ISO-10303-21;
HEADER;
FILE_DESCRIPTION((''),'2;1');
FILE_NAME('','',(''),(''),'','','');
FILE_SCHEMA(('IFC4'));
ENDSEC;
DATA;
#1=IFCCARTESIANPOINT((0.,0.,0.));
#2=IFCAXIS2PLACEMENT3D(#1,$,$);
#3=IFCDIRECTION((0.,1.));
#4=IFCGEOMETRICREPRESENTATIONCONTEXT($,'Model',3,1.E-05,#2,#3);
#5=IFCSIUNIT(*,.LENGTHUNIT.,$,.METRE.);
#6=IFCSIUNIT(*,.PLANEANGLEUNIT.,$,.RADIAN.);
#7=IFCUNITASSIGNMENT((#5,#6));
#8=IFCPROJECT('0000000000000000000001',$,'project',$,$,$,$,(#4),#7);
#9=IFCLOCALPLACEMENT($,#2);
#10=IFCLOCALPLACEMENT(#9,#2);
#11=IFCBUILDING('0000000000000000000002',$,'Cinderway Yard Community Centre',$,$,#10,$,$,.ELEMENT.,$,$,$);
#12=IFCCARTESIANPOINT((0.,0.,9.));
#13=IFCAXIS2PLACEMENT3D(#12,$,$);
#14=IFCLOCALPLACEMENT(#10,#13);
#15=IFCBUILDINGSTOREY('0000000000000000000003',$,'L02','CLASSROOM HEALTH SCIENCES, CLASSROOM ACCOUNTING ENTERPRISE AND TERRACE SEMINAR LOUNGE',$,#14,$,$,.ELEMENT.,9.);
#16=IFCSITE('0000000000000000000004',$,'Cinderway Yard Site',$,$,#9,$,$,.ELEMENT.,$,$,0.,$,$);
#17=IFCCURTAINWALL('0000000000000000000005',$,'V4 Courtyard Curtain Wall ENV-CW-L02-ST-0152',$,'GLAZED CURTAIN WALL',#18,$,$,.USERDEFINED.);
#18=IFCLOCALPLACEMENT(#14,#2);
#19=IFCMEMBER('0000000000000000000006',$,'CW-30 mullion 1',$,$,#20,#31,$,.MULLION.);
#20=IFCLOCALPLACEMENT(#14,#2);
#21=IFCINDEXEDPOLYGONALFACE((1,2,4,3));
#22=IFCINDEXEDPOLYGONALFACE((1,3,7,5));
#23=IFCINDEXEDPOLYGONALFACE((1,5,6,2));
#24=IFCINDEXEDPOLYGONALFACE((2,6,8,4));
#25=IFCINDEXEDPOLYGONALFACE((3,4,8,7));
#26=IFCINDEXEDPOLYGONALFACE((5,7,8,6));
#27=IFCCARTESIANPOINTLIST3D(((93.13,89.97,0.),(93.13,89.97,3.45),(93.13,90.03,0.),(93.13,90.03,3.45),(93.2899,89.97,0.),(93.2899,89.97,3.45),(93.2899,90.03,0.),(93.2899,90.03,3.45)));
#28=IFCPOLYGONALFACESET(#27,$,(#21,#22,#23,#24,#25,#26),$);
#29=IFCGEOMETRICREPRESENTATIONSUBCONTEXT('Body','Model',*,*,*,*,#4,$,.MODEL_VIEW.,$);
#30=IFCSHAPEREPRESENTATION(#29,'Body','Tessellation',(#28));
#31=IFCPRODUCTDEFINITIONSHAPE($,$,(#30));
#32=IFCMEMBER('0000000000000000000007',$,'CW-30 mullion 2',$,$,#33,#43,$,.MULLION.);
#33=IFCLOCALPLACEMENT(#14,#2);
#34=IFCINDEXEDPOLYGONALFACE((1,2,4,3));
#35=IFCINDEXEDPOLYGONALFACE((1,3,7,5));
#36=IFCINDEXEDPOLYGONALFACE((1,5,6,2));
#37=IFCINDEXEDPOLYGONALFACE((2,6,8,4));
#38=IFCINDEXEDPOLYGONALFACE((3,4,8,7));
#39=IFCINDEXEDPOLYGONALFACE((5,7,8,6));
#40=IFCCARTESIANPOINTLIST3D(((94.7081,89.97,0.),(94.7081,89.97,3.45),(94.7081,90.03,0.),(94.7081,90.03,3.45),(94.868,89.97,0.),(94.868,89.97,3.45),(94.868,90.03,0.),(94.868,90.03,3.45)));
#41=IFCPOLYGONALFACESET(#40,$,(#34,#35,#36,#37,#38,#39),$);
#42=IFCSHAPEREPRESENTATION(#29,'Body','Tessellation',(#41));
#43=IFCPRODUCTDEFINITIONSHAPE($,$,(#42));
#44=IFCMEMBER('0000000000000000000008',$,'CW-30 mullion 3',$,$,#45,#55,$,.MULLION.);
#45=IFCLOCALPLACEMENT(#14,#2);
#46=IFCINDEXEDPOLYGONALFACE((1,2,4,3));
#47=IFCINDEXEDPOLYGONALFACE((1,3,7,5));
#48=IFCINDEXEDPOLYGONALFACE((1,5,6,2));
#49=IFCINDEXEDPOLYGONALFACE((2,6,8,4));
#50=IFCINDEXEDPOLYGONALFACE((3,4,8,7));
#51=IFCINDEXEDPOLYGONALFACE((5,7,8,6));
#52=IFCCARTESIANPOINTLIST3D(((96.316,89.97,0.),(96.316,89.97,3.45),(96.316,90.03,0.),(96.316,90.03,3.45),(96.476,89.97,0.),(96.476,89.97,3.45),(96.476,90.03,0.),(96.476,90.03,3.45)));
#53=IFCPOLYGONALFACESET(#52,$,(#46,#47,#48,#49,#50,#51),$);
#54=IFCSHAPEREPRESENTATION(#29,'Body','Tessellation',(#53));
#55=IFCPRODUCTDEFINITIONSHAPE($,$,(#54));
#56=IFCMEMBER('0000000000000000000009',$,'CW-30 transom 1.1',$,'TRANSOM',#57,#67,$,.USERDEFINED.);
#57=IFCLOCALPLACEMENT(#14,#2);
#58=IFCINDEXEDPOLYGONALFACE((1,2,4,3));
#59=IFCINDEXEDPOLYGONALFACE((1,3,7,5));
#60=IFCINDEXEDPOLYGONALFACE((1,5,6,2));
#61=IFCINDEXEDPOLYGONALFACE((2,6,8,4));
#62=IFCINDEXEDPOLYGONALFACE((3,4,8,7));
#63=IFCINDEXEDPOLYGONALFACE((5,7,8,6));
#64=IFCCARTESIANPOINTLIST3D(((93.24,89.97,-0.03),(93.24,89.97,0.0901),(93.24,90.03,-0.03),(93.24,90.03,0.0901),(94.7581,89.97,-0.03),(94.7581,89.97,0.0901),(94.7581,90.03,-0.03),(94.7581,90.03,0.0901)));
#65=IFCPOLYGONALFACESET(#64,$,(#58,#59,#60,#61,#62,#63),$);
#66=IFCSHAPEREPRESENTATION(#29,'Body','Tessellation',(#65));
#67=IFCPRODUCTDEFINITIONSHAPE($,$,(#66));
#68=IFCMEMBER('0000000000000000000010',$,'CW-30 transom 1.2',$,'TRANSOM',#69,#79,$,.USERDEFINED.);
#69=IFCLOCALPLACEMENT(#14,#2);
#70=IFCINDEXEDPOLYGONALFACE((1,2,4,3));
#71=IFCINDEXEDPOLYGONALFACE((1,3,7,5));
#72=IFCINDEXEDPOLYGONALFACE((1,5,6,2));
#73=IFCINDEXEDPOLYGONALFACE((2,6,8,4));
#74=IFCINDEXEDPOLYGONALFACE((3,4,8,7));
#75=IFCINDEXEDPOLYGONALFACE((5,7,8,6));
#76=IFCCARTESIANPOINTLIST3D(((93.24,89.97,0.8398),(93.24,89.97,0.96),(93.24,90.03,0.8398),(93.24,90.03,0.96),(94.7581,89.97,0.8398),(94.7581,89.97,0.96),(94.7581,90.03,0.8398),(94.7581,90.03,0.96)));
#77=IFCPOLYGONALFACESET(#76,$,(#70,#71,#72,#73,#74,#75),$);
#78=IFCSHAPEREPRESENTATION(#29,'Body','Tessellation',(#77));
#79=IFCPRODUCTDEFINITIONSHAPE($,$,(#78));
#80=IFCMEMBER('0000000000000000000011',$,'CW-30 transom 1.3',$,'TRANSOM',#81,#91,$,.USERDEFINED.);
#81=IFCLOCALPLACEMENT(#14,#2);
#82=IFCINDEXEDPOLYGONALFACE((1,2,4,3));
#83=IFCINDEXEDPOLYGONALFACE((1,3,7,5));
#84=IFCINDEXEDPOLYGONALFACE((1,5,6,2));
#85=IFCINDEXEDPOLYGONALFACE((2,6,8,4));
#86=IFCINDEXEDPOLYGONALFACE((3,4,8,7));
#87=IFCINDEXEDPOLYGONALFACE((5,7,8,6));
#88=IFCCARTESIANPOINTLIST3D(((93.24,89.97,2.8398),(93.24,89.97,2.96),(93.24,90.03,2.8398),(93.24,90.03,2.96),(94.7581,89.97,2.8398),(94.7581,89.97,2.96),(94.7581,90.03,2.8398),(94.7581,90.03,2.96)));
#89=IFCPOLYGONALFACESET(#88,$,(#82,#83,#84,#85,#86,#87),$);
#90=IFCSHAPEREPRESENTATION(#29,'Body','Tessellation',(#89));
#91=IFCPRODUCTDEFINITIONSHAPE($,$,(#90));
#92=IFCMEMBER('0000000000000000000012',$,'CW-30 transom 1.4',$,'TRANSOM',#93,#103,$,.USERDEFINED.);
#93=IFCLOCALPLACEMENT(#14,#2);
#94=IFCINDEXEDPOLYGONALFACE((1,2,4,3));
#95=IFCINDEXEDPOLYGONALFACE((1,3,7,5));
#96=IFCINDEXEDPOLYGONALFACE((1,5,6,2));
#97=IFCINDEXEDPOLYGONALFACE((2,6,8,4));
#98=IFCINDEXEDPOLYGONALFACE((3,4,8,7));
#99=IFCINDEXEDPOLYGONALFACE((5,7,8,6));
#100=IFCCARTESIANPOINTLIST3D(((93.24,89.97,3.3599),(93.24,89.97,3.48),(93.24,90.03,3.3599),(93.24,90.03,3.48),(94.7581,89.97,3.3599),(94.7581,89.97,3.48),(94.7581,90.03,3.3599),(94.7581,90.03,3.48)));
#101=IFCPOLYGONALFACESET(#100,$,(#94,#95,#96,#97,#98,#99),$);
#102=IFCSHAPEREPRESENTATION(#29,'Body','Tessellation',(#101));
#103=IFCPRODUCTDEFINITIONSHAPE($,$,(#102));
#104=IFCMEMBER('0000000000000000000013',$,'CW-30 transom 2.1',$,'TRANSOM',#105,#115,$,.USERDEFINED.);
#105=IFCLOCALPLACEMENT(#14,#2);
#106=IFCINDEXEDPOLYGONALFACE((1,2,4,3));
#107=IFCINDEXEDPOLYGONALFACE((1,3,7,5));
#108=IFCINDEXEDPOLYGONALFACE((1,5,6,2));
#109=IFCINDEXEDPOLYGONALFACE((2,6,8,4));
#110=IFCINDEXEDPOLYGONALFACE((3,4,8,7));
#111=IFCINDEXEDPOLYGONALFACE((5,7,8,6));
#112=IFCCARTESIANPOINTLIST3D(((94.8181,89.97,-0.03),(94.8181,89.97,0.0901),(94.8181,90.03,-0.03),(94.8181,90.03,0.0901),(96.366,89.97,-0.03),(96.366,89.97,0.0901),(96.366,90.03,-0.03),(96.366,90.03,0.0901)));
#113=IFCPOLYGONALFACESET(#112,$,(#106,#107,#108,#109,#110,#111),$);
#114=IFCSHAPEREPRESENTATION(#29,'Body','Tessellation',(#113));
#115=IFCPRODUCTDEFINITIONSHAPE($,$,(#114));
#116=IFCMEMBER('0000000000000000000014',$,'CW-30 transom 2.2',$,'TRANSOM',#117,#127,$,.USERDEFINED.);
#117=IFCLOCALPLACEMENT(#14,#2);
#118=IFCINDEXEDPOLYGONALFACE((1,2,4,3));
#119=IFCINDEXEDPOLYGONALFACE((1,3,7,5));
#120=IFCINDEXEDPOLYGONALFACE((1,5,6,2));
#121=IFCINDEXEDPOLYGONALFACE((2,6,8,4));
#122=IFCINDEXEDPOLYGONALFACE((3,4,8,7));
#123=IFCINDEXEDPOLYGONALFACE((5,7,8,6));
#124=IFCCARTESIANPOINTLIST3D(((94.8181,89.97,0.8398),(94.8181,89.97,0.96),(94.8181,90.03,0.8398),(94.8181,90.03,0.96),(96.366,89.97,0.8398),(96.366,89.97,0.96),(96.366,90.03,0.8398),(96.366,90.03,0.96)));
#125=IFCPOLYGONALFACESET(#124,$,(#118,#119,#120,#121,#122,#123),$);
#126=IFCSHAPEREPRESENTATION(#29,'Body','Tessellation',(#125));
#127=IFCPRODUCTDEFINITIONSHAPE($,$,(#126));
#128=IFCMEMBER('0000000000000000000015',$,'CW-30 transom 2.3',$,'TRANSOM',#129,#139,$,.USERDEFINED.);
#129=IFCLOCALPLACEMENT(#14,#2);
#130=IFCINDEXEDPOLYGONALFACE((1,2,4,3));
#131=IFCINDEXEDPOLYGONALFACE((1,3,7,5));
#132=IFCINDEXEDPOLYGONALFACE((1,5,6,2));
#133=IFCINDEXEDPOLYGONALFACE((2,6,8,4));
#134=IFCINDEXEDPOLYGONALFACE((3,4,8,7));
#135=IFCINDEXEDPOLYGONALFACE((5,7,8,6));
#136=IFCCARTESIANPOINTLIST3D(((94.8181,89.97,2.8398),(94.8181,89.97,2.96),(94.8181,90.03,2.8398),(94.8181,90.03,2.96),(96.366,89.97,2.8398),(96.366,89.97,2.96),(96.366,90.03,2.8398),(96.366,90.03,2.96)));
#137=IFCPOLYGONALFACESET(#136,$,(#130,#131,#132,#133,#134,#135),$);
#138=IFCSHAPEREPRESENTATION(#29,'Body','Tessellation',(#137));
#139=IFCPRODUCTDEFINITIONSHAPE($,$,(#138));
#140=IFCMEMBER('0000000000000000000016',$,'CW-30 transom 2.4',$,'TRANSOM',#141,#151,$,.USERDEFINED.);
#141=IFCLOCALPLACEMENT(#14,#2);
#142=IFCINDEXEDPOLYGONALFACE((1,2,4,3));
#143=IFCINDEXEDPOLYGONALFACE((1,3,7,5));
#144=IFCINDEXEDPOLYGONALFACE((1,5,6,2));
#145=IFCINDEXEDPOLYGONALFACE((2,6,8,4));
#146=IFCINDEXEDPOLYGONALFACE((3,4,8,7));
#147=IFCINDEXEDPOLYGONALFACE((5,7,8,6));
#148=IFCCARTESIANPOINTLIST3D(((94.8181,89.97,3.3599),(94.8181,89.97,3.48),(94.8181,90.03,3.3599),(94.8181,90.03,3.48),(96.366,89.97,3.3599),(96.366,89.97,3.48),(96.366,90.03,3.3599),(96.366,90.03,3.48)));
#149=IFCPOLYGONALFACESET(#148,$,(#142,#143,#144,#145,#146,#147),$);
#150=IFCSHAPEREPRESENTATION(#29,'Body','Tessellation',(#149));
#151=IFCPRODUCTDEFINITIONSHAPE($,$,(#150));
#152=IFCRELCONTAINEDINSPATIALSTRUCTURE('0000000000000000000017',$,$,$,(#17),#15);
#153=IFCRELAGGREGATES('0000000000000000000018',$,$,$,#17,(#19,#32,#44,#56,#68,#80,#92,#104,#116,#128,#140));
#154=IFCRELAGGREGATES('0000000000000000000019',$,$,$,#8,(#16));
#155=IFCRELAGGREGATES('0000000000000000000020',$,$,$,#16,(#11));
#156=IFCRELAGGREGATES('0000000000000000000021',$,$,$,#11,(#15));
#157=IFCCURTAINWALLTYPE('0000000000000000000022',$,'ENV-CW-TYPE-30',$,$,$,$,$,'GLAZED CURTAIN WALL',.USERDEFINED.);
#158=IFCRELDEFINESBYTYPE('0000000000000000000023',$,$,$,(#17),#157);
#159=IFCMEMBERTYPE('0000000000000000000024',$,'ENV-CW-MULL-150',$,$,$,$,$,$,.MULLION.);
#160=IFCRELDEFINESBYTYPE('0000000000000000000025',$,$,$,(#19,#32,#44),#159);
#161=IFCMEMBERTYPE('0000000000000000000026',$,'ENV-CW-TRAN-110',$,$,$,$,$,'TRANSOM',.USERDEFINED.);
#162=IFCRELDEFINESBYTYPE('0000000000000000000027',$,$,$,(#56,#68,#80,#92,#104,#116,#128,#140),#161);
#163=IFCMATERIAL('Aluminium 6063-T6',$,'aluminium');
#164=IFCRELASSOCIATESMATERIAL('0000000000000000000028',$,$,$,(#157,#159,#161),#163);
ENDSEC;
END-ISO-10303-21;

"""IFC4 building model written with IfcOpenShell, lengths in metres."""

from ifc_helpers import new_model, si_unit, direction, frame, origin, origin_2d, place, context, subcontext, project, spatial, rectangle, extrude, material, material_profile, profile_set, type_object, element, aggregate, save


model = new_model("IFC4")

# Units and contexts
model_context = context("Model", 3, precision=1e-05, world=origin(), true_north=direction((0.0, 1.0)))
body_context = subcontext(model_context, "Body", "Model", "MODEL_VIEW")
ifc_project = project(units=[si_unit("LENGTHUNIT", "METRE"), si_unit("PLANEANGLEUNIT", "RADIAN")], contexts=[model_context])

# Site, building, storey
site_placement = place(None, origin())
site = spatial("IfcSite", under=ifc_project, at=site_placement, Name="Cinderway Yard Site", CompositionType="ELEMENT", RefElevation=0.0)
building_placement = place(site_placement, origin())
building = spatial("IfcBuilding", under=site, at=building_placement, Name="Cinderway Yard Community Centre", CompositionType="ELEMENT")
storey_placement = place(building_placement, frame((0.0, 0.0, 9.0)))
storey = spatial("IfcBuildingStorey", under=building, at=storey_placement, Name="L02", Description="CLASSROOM HEALTH SCIENCES, CLASSROOM ACCOUNTING ENTERPRISE AND TERRACE SEMINAR LOUNGE", CompositionType="ELEMENT", Elevation=9.0)

# Curtain wall, members
ifc_material_1 = material(Name="Aluminium 6063-T6", Category="aluminium")
curtain_wall_type = type_object("IfcCurtainWallType", Name="ENV-CW-TYPE-30", ElementType="GLAZED CURTAIN WALL", PredefinedType="USERDEFINED", material=ifc_material_1)
curtain_wall_placement = place(storey_placement, origin())
curtain_wall = element("IfcCurtainWall", 1, at=curtain_wall_placement, inside=storey, type_object=curtain_wall_type, Name="V4 Courtyard Curtain Wall ENV-CW-L02-ST-0152", ObjectType="GLAZED CURTAIN WALL", PredefinedType="USERDEFINED")
ifc_material_profile_1 = material_profile(ifc_material_1, rectangle(XDim=0.0601, YDim=0.1599, at=origin_2d()), Name="Aluminium 6063-T6")
ifc_profile_set_1 = profile_set([ifc_material_profile_1], Name="Aluminium 6063-T6")
member_type_1 = type_object("IfcMemberType", Name="ENV-CW-MULL-150", PredefinedType="MULLION", material=ifc_profile_set_1)
member_1_placement = place(storey_placement, frame((93.21, 90.0, 0.0), z_axis=(0.0, 0.0, 1.0), x_axis=(0.0, 1.0, 0.0)))
member_1 = element("IfcMember", 2, at=member_1_placement, type_object=member_type_1, Name="CW-30 mullion 1", PredefinedType="MULLION", context=body_context, shape_type="SweptSolid", body=[
    extrude(rectangle(XDim=0.0601, YDim=0.1599, at=origin_2d()), origin(), (0.0, 0.0, 1.0), 3.45),
])
member_2_placement = place(storey_placement, frame((94.7881, 90.0, 0.0), z_axis=(0.0, 0.0, 1.0), x_axis=(0.0, 1.0, 0.0)))
member_2 = element("IfcMember", 3, at=member_2_placement, type_object=member_type_1, Name="CW-30 mullion 2", PredefinedType="MULLION", context=body_context, shape_type="SweptSolid", body=[
    extrude(rectangle(XDim=0.0601, YDim=0.1599, at=origin_2d()), origin(), (0.0, 0.0, 1.0), 3.45),
])
member_3_placement = place(storey_placement, frame((96.396, 90.0, 0.0), z_axis=(0.0, 0.0, 1.0), x_axis=(0.0, 1.0, 0.0)))
member_3 = element("IfcMember", 4, at=member_3_placement, type_object=member_type_1, Name="CW-30 mullion 3", PredefinedType="MULLION", context=body_context, shape_type="SweptSolid", body=[
    extrude(rectangle(XDim=0.0601, YDim=0.1599, at=origin_2d()), origin(), (0.0, 0.0, 1.0), 3.45),
])
ifc_material_profile_2 = material_profile(ifc_material_1, rectangle(XDim=0.0601, YDim=0.1201, at=origin_2d()), Name="Aluminium 6063-T6")
ifc_profile_set_2 = profile_set([ifc_material_profile_2], Name="Aluminium 6063-T6")
member_type_2 = type_object("IfcMemberType", Name="ENV-CW-TRAN-110", ElementType="TRANSOM", PredefinedType="USERDEFINED", material=ifc_profile_set_2)
member_4_placement = place(storey_placement, frame((93.24, 90.0, 0.03), z_axis=(1.0, 0.0, 0.0), x_axis=(0.0, 1.0, 0.0)))
member_4 = element("IfcMember", 5, at=member_4_placement, type_object=member_type_2, Name="CW-30 transom 1.1", ObjectType="TRANSOM", PredefinedType="USERDEFINED", context=body_context, shape_type="SweptSolid", body=[
    extrude(rectangle(XDim=0.0601, YDim=0.1201, at=origin_2d()), origin(), (0.0, 0.0, 1.0), 1.5181),
])
member_5_placement = place(storey_placement, frame((93.24, 90.0, 0.8999), z_axis=(1.0, 0.0, 0.0), x_axis=(0.0, 1.0, 0.0)))
member_5 = element("IfcMember", 6, at=member_5_placement, type_object=member_type_2, Name="CW-30 transom 1.2", ObjectType="TRANSOM", PredefinedType="USERDEFINED", context=body_context, shape_type="SweptSolid", body=[
    extrude(rectangle(XDim=0.0601, YDim=0.1201, at=origin_2d()), origin(), (0.0, 0.0, 1.0), 1.5181),
])
member_6_placement = place(storey_placement, frame((93.24, 90.0, 2.8999), z_axis=(1.0, 0.0, 0.0), x_axis=(0.0, 1.0, 0.0)))
member_6 = element("IfcMember", 7, at=member_6_placement, type_object=member_type_2, Name="CW-30 transom 1.3", ObjectType="TRANSOM", PredefinedType="USERDEFINED", context=body_context, shape_type="SweptSolid", body=[
    extrude(rectangle(XDim=0.0601, YDim=0.1201, at=origin_2d()), origin(), (0.0, 0.0, 1.0), 1.5181),
])
member_7_placement = place(storey_placement, frame((93.24, 90.0, 3.4199), z_axis=(1.0, 0.0, 0.0), x_axis=(0.0, 1.0, 0.0)))
member_7 = element("IfcMember", 8, at=member_7_placement, type_object=member_type_2, Name="CW-30 transom 1.4", ObjectType="TRANSOM", PredefinedType="USERDEFINED", context=body_context, shape_type="SweptSolid", body=[
    extrude(rectangle(XDim=0.0601, YDim=0.1201, at=origin_2d()), origin(), (0.0, 0.0, 1.0), 1.5181),
])
member_8_placement = place(storey_placement, frame((94.8181, 90.0, 0.03), z_axis=(1.0, 0.0, 0.0), x_axis=(0.0, 1.0, 0.0)))
member_8 = element("IfcMember", 9, at=member_8_placement, type_object=member_type_2, Name="CW-30 transom 2.1", ObjectType="TRANSOM", PredefinedType="USERDEFINED", context=body_context, shape_type="SweptSolid", body=[
    extrude(rectangle(XDim=0.0601, YDim=0.1201, at=origin_2d()), origin(), (0.0, 0.0, 1.0), 1.5479),
])
member_9_placement = place(storey_placement, frame((94.8181, 90.0, 0.8999), z_axis=(1.0, 0.0, 0.0), x_axis=(0.0, 1.0, 0.0)))
member_9 = element("IfcMember", 10, at=member_9_placement, type_object=member_type_2, Name="CW-30 transom 2.2", ObjectType="TRANSOM", PredefinedType="USERDEFINED", context=body_context, shape_type="SweptSolid", body=[
    extrude(rectangle(XDim=0.0601, YDim=0.1201, at=origin_2d()), origin(), (0.0, 0.0, 1.0), 1.5479),
])
member_10_placement = place(storey_placement, frame((94.8181, 90.0, 2.8999), z_axis=(1.0, 0.0, 0.0), x_axis=(0.0, 1.0, 0.0)))
member_10 = element("IfcMember", 11, at=member_10_placement, type_object=member_type_2, Name="CW-30 transom 2.3", ObjectType="TRANSOM", PredefinedType="USERDEFINED", context=body_context, shape_type="SweptSolid", body=[
    extrude(rectangle(XDim=0.0601, YDim=0.1201, at=origin_2d()), origin(), (0.0, 0.0, 1.0), 1.5479),
])
member_11_placement = place(storey_placement, frame((94.8181, 90.0, 3.4199), z_axis=(1.0, 0.0, 0.0), x_axis=(0.0, 1.0, 0.0)))
member_11 = element("IfcMember", 12, at=member_11_placement, type_object=member_type_2, Name="CW-30 transom 2.4", ObjectType="TRANSOM", PredefinedType="USERDEFINED", context=body_context, shape_type="SweptSolid", body=[
    extrude(rectangle(XDim=0.0601, YDim=0.1201, at=origin_2d()), origin(), (0.0, 0.0, 1.0), 1.5479),
])

aggregate(curtain_wall, [member_1, member_2, member_3, member_4, member_5, member_6, member_7, member_8, member_9, member_10, member_11])

save(model, "model.ifc")
